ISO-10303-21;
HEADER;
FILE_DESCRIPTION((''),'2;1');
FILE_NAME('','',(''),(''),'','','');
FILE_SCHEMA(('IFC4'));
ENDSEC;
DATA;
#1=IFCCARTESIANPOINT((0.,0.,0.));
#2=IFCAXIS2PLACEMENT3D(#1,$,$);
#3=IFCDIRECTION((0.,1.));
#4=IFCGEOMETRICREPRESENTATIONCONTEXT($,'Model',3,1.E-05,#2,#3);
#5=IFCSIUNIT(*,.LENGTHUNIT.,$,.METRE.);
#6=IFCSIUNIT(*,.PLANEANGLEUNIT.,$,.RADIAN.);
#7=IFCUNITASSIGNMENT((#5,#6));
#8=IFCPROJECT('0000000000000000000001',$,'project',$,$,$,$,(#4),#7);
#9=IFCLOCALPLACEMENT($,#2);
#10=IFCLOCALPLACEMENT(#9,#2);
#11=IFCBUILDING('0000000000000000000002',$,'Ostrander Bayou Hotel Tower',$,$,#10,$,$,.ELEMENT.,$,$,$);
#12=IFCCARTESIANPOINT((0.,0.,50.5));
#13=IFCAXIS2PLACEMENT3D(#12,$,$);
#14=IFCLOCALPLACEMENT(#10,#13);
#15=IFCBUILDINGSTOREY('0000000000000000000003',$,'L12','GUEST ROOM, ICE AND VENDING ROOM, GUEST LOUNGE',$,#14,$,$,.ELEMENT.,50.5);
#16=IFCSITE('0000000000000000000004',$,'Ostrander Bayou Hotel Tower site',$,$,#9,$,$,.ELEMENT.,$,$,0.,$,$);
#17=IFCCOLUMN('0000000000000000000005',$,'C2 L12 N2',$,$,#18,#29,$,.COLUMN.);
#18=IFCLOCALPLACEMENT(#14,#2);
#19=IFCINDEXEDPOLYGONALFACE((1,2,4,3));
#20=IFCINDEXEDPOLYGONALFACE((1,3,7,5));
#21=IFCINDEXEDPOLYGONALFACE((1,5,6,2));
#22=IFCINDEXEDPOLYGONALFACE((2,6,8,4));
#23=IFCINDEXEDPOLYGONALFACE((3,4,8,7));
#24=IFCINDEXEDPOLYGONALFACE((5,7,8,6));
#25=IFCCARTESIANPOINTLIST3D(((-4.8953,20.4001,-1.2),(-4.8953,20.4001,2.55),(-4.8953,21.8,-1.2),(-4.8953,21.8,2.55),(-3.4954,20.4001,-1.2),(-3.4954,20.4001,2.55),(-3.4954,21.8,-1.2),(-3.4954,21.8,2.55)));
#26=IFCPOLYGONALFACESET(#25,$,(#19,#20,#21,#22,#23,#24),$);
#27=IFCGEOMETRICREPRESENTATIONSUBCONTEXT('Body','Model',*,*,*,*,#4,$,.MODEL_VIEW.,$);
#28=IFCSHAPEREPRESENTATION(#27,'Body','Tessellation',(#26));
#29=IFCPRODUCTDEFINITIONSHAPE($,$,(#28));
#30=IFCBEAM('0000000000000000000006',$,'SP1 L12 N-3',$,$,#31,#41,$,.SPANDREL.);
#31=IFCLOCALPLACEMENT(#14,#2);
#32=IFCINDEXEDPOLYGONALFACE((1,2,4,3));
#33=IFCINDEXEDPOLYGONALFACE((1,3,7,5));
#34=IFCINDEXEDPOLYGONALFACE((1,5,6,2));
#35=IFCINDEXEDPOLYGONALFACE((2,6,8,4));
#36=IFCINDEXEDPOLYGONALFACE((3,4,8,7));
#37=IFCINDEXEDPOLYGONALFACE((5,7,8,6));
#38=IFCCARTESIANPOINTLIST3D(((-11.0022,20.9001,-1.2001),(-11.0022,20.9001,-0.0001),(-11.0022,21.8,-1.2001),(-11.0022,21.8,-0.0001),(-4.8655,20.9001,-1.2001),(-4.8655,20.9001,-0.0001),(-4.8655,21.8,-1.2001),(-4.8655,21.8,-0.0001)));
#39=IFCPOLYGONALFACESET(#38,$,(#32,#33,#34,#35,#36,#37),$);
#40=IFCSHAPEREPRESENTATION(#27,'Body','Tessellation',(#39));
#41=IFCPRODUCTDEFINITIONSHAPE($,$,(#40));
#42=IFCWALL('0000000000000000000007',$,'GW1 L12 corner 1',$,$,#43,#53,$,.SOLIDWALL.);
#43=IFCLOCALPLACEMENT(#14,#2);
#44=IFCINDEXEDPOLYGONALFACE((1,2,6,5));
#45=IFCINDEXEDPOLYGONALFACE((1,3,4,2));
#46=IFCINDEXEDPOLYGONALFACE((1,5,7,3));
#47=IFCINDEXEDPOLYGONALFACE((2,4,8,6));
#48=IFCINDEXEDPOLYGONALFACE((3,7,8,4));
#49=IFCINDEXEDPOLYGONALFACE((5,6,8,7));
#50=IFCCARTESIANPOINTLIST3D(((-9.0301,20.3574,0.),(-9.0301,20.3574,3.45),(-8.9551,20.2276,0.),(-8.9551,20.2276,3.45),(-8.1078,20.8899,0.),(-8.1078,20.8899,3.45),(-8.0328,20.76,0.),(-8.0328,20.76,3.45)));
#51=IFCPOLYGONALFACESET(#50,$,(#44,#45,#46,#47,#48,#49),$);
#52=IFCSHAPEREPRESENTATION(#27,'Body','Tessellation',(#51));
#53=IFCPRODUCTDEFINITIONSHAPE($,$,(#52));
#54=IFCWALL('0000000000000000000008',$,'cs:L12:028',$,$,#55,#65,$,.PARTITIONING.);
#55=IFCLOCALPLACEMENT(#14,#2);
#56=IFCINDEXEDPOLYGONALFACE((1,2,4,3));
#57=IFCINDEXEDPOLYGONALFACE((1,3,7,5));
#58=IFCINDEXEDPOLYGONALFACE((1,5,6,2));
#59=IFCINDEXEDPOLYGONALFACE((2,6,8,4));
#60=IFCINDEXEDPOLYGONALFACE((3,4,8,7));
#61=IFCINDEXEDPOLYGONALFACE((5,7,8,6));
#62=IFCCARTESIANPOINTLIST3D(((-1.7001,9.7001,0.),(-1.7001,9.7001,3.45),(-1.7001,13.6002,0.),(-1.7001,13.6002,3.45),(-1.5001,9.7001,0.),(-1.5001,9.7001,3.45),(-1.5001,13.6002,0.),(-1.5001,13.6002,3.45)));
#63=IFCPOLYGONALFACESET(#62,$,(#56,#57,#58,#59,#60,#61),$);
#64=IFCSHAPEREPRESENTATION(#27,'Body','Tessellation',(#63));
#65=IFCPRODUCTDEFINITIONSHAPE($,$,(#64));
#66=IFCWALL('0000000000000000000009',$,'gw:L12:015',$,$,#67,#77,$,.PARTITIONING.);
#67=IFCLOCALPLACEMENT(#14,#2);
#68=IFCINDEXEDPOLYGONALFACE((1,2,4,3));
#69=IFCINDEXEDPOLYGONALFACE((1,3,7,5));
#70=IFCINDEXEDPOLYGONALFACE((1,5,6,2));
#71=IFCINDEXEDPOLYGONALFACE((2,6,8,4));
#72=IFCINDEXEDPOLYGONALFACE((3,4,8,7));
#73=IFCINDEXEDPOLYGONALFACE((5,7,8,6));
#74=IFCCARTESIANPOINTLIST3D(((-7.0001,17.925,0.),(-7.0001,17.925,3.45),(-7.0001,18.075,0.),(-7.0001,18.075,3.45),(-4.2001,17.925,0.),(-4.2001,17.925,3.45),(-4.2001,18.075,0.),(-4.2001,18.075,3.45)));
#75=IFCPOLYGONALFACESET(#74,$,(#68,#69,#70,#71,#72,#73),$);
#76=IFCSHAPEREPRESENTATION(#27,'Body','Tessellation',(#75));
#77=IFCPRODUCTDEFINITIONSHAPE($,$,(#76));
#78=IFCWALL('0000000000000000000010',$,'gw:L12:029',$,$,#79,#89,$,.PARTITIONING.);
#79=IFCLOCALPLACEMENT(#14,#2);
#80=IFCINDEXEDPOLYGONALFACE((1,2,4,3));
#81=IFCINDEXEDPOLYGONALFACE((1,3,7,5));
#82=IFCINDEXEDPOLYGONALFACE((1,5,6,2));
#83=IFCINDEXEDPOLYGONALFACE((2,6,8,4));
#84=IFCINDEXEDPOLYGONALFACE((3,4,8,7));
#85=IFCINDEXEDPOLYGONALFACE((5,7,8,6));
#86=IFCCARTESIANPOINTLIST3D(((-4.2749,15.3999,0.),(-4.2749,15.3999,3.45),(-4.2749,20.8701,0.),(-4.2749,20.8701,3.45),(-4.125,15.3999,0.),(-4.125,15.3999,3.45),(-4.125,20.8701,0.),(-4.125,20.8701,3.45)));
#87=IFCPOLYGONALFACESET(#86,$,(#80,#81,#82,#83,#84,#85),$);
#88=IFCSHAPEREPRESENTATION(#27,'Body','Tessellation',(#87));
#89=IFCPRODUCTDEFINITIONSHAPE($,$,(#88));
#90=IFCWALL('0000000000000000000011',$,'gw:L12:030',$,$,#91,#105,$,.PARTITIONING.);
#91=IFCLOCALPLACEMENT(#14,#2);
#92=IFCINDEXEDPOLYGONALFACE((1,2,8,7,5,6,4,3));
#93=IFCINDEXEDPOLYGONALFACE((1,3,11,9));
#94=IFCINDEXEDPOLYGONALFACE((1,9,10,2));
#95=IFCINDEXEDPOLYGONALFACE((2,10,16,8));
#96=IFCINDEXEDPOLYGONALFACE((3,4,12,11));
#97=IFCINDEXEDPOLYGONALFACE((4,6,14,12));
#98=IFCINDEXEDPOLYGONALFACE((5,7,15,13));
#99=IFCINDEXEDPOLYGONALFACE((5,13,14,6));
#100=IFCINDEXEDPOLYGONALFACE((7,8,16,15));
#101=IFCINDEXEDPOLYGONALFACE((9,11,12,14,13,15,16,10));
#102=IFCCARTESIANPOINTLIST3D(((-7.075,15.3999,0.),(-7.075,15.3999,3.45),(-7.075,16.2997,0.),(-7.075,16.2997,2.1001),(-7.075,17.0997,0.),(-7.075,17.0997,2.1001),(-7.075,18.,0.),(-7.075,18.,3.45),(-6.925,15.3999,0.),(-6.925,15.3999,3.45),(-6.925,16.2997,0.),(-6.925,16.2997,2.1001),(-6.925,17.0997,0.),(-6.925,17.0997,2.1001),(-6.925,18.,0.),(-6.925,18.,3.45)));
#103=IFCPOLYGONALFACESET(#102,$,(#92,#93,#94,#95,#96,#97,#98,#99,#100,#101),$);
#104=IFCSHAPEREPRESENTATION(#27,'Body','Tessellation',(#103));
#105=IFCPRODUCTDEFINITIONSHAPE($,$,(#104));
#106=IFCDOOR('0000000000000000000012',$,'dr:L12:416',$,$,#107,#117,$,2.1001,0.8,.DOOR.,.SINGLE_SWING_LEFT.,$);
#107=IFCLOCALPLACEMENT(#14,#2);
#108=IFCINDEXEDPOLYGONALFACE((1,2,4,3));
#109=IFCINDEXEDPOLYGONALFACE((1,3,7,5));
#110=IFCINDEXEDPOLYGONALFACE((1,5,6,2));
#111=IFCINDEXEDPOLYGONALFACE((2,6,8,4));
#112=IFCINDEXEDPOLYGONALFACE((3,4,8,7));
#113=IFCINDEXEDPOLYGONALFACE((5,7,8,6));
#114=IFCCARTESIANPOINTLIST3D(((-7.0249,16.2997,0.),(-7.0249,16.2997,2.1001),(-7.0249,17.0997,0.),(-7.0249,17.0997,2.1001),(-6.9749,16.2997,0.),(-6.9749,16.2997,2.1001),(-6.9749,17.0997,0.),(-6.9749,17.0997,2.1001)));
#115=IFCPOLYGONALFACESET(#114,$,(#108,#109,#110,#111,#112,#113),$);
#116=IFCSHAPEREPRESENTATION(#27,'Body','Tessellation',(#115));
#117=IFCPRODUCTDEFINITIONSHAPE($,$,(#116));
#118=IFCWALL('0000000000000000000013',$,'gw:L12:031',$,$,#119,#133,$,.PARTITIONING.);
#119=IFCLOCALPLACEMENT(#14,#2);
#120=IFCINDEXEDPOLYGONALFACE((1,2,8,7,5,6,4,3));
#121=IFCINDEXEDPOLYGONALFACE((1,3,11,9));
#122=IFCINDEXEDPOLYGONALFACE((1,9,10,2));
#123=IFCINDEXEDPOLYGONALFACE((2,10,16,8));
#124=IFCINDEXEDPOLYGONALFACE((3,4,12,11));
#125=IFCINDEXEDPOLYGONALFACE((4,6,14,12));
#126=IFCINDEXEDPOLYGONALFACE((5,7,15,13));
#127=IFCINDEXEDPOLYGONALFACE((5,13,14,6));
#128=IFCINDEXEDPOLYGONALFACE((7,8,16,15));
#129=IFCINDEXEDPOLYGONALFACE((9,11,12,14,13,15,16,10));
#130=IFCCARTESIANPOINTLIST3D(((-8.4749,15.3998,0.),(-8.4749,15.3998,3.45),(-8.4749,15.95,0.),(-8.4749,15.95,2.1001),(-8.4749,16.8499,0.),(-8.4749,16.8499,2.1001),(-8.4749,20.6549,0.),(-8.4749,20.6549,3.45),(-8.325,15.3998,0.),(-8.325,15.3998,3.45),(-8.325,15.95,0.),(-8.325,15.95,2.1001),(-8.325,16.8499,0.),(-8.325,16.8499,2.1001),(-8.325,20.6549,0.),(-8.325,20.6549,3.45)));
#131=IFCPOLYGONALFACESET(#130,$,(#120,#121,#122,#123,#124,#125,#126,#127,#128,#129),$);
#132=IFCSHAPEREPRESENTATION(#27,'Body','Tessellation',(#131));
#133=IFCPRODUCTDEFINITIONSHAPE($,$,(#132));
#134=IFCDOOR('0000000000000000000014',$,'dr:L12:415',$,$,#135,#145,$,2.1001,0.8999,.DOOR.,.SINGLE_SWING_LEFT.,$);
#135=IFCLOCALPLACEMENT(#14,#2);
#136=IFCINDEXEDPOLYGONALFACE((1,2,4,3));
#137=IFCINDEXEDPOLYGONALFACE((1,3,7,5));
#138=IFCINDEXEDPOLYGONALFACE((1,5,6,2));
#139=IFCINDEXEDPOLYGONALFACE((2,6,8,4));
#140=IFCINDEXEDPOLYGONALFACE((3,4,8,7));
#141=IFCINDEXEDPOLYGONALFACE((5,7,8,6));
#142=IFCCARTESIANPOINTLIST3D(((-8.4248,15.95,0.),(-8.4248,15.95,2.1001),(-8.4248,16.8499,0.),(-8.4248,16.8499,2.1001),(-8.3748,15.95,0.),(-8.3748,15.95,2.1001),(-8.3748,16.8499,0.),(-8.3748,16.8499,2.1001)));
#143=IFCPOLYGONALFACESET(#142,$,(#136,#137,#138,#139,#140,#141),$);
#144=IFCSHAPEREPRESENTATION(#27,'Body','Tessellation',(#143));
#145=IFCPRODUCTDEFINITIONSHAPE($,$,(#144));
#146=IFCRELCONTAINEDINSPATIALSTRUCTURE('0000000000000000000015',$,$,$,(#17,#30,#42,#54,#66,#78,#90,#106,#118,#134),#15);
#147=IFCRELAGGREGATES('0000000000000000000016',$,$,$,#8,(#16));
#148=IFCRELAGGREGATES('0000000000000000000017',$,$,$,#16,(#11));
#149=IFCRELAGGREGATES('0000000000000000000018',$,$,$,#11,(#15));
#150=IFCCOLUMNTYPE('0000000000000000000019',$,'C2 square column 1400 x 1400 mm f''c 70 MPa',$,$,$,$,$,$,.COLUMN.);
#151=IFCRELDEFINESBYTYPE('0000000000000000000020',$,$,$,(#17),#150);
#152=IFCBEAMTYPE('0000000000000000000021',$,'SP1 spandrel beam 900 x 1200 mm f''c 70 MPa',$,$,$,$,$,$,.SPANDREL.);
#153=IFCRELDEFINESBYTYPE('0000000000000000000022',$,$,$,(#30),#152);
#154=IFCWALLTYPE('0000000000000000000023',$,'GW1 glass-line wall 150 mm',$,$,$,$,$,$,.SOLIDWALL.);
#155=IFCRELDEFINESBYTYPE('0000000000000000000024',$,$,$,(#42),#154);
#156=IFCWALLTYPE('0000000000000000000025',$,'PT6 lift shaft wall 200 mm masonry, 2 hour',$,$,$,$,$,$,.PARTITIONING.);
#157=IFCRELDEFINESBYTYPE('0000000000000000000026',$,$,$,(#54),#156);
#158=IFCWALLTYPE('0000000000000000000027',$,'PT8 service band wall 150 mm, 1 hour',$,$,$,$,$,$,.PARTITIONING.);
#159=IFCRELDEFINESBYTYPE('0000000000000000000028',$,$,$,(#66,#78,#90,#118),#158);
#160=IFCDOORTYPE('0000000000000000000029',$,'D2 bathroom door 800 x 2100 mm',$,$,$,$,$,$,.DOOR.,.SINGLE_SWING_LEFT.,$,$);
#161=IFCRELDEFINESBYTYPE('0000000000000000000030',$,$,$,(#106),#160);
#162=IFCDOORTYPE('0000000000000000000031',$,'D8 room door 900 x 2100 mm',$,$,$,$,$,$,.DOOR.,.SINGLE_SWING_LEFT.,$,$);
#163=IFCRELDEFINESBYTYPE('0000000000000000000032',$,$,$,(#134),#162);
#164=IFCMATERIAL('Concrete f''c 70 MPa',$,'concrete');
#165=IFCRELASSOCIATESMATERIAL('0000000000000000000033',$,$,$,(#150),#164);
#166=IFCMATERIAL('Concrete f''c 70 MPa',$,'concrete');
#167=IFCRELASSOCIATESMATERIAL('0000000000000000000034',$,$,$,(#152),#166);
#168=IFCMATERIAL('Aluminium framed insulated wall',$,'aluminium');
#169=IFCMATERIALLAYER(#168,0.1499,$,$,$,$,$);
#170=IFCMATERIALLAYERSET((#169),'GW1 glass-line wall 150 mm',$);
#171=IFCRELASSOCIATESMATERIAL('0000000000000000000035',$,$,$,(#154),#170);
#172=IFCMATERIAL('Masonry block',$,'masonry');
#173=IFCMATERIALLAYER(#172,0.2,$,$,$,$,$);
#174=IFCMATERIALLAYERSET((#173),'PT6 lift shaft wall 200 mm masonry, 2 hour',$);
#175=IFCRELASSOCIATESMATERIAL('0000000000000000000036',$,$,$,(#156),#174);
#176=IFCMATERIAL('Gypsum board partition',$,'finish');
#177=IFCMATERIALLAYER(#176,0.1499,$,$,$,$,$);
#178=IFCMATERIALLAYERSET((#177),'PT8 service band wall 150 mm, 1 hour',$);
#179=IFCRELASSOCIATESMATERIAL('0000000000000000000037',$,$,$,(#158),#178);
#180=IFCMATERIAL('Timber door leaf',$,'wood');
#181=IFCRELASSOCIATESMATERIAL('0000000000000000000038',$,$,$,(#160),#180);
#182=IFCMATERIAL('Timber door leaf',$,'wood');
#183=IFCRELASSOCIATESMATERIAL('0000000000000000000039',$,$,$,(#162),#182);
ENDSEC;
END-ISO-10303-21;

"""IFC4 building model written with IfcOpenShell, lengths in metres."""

from ifc_helpers import new_model, si_unit, direction, frame, frame_2d, origin, origin_2d, place, context, subcontext, project, spatial, rectangle, extrude, material, layer, layer_set, material_profile, profile_set, type_object, element, fill, save


model = new_model("IFC4")

# Units and contexts
model_context = context("Model", 3, precision=1e-05, world=origin(), true_north=direction((0.0, 1.0)))
body_context = subcontext(model_context, "Body", "Model", "MODEL_VIEW")
ifc_project = project(units=[si_unit("LENGTHUNIT", "METRE"), si_unit("PLANEANGLEUNIT", "RADIAN")], contexts=[model_context])

# Site, building, storey
site_placement = place(None, origin())
site = spatial("IfcSite", under=ifc_project, at=site_placement, Name="Ostrander Bayou Hotel Tower site", CompositionType="ELEMENT", RefElevation=0.0)
building_placement = place(site_placement, origin())
building = spatial("IfcBuilding", under=site, at=building_placement, Name="Ostrander Bayou Hotel Tower", CompositionType="ELEMENT")
storey_placement = place(building_placement, frame((0.0, 0.0, 50.5)))
storey = spatial("IfcBuildingStorey", under=building, at=storey_placement, Name="L12", Description="GUEST ROOM, ICE AND VENDING ROOM, GUEST LOUNGE", CompositionType="ELEMENT", Elevation=50.5)

# Column
ifc_material_1 = material(Name="Concrete f'c 70 MPa", Category="concrete")
ifc_material_profile_1 = material_profile(ifc_material_1, rectangle(XDim=1.3999, YDim=1.3999, at=origin_2d()))
ifc_profile_set_1 = profile_set([ifc_material_profile_1], Name="Concrete f'c 70 MPa")
column_type = type_object("IfcColumnType", Name="C2 square column 1400 x 1400 mm f'c 70 MPa", PredefinedType="COLUMN", material=ifc_profile_set_1)
column_placement = place(storey_placement, frame((-4.1953, 21.1001, -1.2), z_axis=(0.0, 0.0, 1.0), x_axis=(1.0, 0.0, 0.0)))
element("IfcColumn", 1, at=column_placement, inside=storey, type_object=column_type, Name="C2 L12 N2", PredefinedType="COLUMN", context=body_context, shape_type="SweptSolid", body=[
    extrude(rectangle(XDim=1.3999, YDim=1.3999, at=origin_2d()), origin(), (0.0, 0.0, 1.0), 3.75),
])

# Beam
ifc_material_2 = material(Name="Concrete f'c 70 MPa", Category="concrete")
ifc_material_profile_2 = material_profile(ifc_material_2, rectangle(XDim=0.8999, YDim=1.2, at=origin_2d()))
ifc_profile_set_2 = profile_set([ifc_material_profile_2], Name="Concrete f'c 70 MPa")
beam_type = type_object("IfcBeamType", Name="SP1 spandrel beam 900 x 1200 mm f'c 70 MPa", PredefinedType="SPANDREL", material=ifc_profile_set_2)
beam_placement = place(storey_placement, frame((-4.8655, 21.3501, -0.6001), z_axis=(-1.0, 0.0, 0.0), x_axis=(0.0, -1.0, 0.0)))
element("IfcBeam", 2, at=beam_placement, inside=storey, type_object=beam_type, Name="SP1 L12 N-3", PredefinedType="SPANDREL", context=body_context, shape_type="SweptSolid", body=[
    extrude(rectangle(XDim=0.8999, YDim=1.2, at=origin_2d()), origin(), (0.0, 0.0, 1.0), 6.1367),
])

# Wall
ifc_material_3 = material(Name="Aluminium framed insulated wall", Category="aluminium")
ifc_layer_1 = layer(ifc_material_3, 0.1499)
ifc_layer_set_1 = layer_set([ifc_layer_1], Name="GW1 glass-line wall 150 mm")
wall_type_1 = type_object("IfcWallType", Name="GW1 glass-line wall 150 mm", PredefinedType="SOLIDWALL", material=ifc_layer_set_1)
wall_1_placement = place(storey_placement, frame((-8.0703, 20.825, 0.0), z_axis=(0.0, 0.0, 1.0), x_axis=(-0.866048, -0.499961, 0.0)))
element("IfcWall", 3, at=wall_1_placement, inside=storey, type_object=wall_type_1, Name="GW1 L12 corner 1", PredefinedType="SOLIDWALL", context=body_context, shape_type="SweptSolid", body=[
    extrude(rectangle(XDim=1.0649, YDim=0.1499, at=frame_2d((0.5325, 0.0))), origin(), (0.0, 0.0, 1.0), 3.45),
])

# Walls
ifc_material_4 = material(Name="Masonry block", Category="masonry")
ifc_layer_2 = layer(ifc_material_4, 0.2)
ifc_layer_set_2 = layer_set([ifc_layer_2], Name="PT6 lift shaft wall 200 mm masonry, 2 hour")
wall_type_2 = type_object("IfcWallType", Name="PT6 lift shaft wall 200 mm masonry, 2 hour", PredefinedType="PARTITIONING", material=ifc_layer_set_2)
wall_2_placement = place(storey_placement, frame((-1.6001, 9.7, 0.0), z_axis=(0.0, 0.0, 1.0), x_axis=(0.0, 1.0, 0.0)))
element("IfcWall", 4, at=wall_2_placement, inside=storey, type_object=wall_type_2, Name="cs:L12:028", PredefinedType="PARTITIONING", context=body_context, shape_type="SweptSolid", body=[
    extrude(rectangle(XDim=3.9001, YDim=0.2, at=frame_2d((1.9502, 0.0))), origin(), (0.0, 0.0, 1.0), 3.45),
])
ifc_material_5 = material(Name="Gypsum board partition", Category="finish")
ifc_layer_3 = layer(ifc_material_5, 0.1499)
ifc_layer_set_3 = layer_set([ifc_layer_3], Name="PT8 service band wall 150 mm, 1 hour")
wall_type_3 = type_object("IfcWallType", Name="PT8 service band wall 150 mm, 1 hour", PredefinedType="PARTITIONING", material=ifc_layer_set_3)
wall_3_placement = place(storey_placement, frame((-7.0, 18.0, 0.0), z_axis=(0.0, 0.0, 1.0), x_axis=(1.0, 0.0, 0.0)))
element("IfcWall", 5, at=wall_3_placement, inside=storey, type_object=wall_type_3, Name="gw:L12:015", PredefinedType="PARTITIONING", context=body_context, shape_type="SweptSolid", body=[
    extrude(rectangle(XDim=2.8, YDim=0.1499, at=frame_2d((1.3999, 0.0))), origin(), (0.0, 0.0, 1.0), 3.45),
])
wall_4_placement = place(storey_placement, frame((-4.2, 15.3999, 0.0), z_axis=(0.0, 0.0, 1.0), x_axis=(0.0, 1.0, 0.0)))
element("IfcWall", 6, at=wall_4_placement, inside=storey, type_object=wall_type_3, Name="gw:L12:029", PredefinedType="PARTITIONING", context=body_context, shape_type="SweptSolid", body=[
    extrude(rectangle(XDim=5.4702, YDim=0.1499, at=frame_2d((2.7351, 0.0))), origin(), (0.0, 0.0, 1.0), 3.45),
])

# Walls, openings, doors
wall_5_placement = place(storey_placement, frame((-7.0, 15.3999, 0.0), z_axis=(0.0, 0.0, 1.0), x_axis=(0.0, 1.0, 0.0)))
wall_5 = element("IfcWall", 7, at=wall_5_placement, inside=storey, type_object=wall_type_3, Name="gw:L12:030", PredefinedType="PARTITIONING", context=body_context, shape_type="SweptSolid", body=[
    extrude(rectangle(XDim=2.6001, YDim=0.1499, at=frame_2d((1.3, 0.0))), origin(), (0.0, 0.0, 1.0), 3.45),
])
opening_1_placement = place(wall_5_placement, frame((0.8999, 0.0, 0.0)))
opening_1 = element("IfcOpeningElement", 8, at=opening_1_placement, cuts=wall_5, PredefinedType="OPENING", context=body_context, shape_type="SweptSolid", body=[
    extrude(rectangle(XDim=0.8, YDim=2.1001, at=frame_2d((0.3999, 1.05))), frame((0.0, 0.075, 0.0), z_axis=(0.0, -1.0, 0.0), x_axis=(1.0, 0.0, 0.0)), (0.0, 0.0, 1.0), 0.1499),
])
ifc_material_6 = material(Name="Timber door leaf", Category="wood")
door_type_1 = type_object("IfcDoorType", Name="D2 bathroom door 800 x 2100 mm", OperationType="SINGLE_SWING_LEFT", PredefinedType="DOOR", material=ifc_material_6)
door_1_placement = place(opening_1_placement, origin())
door_1 = element("IfcDoor", 9, at=door_1_placement, inside=storey, type_object=door_type_1, Name="dr:L12:416", OperationType="SINGLE_SWING_LEFT", OverallHeight=2.1001, OverallWidth=0.8, PredefinedType="DOOR", context=body_context, shape_type="SweptSolid", body=[
    extrude(rectangle(XDim=0.8, YDim=2.1001, at=frame_2d((0.3999, 1.05))), frame((0.0, 0.0249, 0.0), z_axis=(0.0, -1.0, 0.0), x_axis=(1.0, 0.0, 0.0)), (0.0, 0.0, 1.0), 0.05),
])
fill(opening_1, door_1)
wall_6_placement = place(storey_placement, frame((-8.3999, 15.3999, 0.0), z_axis=(0.0, 0.0, 1.0), x_axis=(0.0, 1.0, 0.0)))
wall_6 = element("IfcWall", 10, at=wall_6_placement, inside=storey, type_object=wall_type_3, Name="gw:L12:031", PredefinedType="PARTITIONING", context=body_context, shape_type="SweptSolid", body=[
    extrude(rectangle(XDim=5.2551, YDim=0.1499, at=frame_2d((2.6274, 0.0))), origin(), (0.0, 0.0, 1.0), 3.45),
])
opening_2_placement = place(wall_6_placement, frame((0.55, 0.0, 0.0)))
opening_2 = element("IfcOpeningElement", 11, at=opening_2_placement, cuts=wall_6, PredefinedType="OPENING", context=body_context, shape_type="SweptSolid", body=[
    extrude(rectangle(XDim=0.8999, YDim=2.1001, at=frame_2d((0.45, 1.05))), frame((0.0, 0.075, 0.0), z_axis=(0.0, -1.0, 0.0), x_axis=(1.0, 0.0, 0.0)), (0.0, 0.0, 1.0), 0.1499),
])
ifc_material_7 = material(Name="Timber door leaf", Category="wood")
door_type_2 = type_object("IfcDoorType", Name="D8 room door 900 x 2100 mm", OperationType="SINGLE_SWING_LEFT", PredefinedType="DOOR", material=ifc_material_7)
door_2_placement = place(opening_2_placement, origin())
door_2 = element("IfcDoor", 12, at=door_2_placement, inside=storey, type_object=door_type_2, Name="dr:L12:415", OperationType="SINGLE_SWING_LEFT", OverallHeight=2.1001, OverallWidth=0.8999, PredefinedType="DOOR", context=body_context, shape_type="SweptSolid", body=[
    extrude(rectangle(XDim=0.8999, YDim=2.1001, at=frame_2d((0.45, 1.05))), frame((0.0, 0.0249, 0.0), z_axis=(0.0, -1.0, 0.0), x_axis=(1.0, 0.0, 0.0)), (0.0, 0.0, 1.0), 0.05),
])
fill(opening_2, door_2)

save(model, "model.ifc")
